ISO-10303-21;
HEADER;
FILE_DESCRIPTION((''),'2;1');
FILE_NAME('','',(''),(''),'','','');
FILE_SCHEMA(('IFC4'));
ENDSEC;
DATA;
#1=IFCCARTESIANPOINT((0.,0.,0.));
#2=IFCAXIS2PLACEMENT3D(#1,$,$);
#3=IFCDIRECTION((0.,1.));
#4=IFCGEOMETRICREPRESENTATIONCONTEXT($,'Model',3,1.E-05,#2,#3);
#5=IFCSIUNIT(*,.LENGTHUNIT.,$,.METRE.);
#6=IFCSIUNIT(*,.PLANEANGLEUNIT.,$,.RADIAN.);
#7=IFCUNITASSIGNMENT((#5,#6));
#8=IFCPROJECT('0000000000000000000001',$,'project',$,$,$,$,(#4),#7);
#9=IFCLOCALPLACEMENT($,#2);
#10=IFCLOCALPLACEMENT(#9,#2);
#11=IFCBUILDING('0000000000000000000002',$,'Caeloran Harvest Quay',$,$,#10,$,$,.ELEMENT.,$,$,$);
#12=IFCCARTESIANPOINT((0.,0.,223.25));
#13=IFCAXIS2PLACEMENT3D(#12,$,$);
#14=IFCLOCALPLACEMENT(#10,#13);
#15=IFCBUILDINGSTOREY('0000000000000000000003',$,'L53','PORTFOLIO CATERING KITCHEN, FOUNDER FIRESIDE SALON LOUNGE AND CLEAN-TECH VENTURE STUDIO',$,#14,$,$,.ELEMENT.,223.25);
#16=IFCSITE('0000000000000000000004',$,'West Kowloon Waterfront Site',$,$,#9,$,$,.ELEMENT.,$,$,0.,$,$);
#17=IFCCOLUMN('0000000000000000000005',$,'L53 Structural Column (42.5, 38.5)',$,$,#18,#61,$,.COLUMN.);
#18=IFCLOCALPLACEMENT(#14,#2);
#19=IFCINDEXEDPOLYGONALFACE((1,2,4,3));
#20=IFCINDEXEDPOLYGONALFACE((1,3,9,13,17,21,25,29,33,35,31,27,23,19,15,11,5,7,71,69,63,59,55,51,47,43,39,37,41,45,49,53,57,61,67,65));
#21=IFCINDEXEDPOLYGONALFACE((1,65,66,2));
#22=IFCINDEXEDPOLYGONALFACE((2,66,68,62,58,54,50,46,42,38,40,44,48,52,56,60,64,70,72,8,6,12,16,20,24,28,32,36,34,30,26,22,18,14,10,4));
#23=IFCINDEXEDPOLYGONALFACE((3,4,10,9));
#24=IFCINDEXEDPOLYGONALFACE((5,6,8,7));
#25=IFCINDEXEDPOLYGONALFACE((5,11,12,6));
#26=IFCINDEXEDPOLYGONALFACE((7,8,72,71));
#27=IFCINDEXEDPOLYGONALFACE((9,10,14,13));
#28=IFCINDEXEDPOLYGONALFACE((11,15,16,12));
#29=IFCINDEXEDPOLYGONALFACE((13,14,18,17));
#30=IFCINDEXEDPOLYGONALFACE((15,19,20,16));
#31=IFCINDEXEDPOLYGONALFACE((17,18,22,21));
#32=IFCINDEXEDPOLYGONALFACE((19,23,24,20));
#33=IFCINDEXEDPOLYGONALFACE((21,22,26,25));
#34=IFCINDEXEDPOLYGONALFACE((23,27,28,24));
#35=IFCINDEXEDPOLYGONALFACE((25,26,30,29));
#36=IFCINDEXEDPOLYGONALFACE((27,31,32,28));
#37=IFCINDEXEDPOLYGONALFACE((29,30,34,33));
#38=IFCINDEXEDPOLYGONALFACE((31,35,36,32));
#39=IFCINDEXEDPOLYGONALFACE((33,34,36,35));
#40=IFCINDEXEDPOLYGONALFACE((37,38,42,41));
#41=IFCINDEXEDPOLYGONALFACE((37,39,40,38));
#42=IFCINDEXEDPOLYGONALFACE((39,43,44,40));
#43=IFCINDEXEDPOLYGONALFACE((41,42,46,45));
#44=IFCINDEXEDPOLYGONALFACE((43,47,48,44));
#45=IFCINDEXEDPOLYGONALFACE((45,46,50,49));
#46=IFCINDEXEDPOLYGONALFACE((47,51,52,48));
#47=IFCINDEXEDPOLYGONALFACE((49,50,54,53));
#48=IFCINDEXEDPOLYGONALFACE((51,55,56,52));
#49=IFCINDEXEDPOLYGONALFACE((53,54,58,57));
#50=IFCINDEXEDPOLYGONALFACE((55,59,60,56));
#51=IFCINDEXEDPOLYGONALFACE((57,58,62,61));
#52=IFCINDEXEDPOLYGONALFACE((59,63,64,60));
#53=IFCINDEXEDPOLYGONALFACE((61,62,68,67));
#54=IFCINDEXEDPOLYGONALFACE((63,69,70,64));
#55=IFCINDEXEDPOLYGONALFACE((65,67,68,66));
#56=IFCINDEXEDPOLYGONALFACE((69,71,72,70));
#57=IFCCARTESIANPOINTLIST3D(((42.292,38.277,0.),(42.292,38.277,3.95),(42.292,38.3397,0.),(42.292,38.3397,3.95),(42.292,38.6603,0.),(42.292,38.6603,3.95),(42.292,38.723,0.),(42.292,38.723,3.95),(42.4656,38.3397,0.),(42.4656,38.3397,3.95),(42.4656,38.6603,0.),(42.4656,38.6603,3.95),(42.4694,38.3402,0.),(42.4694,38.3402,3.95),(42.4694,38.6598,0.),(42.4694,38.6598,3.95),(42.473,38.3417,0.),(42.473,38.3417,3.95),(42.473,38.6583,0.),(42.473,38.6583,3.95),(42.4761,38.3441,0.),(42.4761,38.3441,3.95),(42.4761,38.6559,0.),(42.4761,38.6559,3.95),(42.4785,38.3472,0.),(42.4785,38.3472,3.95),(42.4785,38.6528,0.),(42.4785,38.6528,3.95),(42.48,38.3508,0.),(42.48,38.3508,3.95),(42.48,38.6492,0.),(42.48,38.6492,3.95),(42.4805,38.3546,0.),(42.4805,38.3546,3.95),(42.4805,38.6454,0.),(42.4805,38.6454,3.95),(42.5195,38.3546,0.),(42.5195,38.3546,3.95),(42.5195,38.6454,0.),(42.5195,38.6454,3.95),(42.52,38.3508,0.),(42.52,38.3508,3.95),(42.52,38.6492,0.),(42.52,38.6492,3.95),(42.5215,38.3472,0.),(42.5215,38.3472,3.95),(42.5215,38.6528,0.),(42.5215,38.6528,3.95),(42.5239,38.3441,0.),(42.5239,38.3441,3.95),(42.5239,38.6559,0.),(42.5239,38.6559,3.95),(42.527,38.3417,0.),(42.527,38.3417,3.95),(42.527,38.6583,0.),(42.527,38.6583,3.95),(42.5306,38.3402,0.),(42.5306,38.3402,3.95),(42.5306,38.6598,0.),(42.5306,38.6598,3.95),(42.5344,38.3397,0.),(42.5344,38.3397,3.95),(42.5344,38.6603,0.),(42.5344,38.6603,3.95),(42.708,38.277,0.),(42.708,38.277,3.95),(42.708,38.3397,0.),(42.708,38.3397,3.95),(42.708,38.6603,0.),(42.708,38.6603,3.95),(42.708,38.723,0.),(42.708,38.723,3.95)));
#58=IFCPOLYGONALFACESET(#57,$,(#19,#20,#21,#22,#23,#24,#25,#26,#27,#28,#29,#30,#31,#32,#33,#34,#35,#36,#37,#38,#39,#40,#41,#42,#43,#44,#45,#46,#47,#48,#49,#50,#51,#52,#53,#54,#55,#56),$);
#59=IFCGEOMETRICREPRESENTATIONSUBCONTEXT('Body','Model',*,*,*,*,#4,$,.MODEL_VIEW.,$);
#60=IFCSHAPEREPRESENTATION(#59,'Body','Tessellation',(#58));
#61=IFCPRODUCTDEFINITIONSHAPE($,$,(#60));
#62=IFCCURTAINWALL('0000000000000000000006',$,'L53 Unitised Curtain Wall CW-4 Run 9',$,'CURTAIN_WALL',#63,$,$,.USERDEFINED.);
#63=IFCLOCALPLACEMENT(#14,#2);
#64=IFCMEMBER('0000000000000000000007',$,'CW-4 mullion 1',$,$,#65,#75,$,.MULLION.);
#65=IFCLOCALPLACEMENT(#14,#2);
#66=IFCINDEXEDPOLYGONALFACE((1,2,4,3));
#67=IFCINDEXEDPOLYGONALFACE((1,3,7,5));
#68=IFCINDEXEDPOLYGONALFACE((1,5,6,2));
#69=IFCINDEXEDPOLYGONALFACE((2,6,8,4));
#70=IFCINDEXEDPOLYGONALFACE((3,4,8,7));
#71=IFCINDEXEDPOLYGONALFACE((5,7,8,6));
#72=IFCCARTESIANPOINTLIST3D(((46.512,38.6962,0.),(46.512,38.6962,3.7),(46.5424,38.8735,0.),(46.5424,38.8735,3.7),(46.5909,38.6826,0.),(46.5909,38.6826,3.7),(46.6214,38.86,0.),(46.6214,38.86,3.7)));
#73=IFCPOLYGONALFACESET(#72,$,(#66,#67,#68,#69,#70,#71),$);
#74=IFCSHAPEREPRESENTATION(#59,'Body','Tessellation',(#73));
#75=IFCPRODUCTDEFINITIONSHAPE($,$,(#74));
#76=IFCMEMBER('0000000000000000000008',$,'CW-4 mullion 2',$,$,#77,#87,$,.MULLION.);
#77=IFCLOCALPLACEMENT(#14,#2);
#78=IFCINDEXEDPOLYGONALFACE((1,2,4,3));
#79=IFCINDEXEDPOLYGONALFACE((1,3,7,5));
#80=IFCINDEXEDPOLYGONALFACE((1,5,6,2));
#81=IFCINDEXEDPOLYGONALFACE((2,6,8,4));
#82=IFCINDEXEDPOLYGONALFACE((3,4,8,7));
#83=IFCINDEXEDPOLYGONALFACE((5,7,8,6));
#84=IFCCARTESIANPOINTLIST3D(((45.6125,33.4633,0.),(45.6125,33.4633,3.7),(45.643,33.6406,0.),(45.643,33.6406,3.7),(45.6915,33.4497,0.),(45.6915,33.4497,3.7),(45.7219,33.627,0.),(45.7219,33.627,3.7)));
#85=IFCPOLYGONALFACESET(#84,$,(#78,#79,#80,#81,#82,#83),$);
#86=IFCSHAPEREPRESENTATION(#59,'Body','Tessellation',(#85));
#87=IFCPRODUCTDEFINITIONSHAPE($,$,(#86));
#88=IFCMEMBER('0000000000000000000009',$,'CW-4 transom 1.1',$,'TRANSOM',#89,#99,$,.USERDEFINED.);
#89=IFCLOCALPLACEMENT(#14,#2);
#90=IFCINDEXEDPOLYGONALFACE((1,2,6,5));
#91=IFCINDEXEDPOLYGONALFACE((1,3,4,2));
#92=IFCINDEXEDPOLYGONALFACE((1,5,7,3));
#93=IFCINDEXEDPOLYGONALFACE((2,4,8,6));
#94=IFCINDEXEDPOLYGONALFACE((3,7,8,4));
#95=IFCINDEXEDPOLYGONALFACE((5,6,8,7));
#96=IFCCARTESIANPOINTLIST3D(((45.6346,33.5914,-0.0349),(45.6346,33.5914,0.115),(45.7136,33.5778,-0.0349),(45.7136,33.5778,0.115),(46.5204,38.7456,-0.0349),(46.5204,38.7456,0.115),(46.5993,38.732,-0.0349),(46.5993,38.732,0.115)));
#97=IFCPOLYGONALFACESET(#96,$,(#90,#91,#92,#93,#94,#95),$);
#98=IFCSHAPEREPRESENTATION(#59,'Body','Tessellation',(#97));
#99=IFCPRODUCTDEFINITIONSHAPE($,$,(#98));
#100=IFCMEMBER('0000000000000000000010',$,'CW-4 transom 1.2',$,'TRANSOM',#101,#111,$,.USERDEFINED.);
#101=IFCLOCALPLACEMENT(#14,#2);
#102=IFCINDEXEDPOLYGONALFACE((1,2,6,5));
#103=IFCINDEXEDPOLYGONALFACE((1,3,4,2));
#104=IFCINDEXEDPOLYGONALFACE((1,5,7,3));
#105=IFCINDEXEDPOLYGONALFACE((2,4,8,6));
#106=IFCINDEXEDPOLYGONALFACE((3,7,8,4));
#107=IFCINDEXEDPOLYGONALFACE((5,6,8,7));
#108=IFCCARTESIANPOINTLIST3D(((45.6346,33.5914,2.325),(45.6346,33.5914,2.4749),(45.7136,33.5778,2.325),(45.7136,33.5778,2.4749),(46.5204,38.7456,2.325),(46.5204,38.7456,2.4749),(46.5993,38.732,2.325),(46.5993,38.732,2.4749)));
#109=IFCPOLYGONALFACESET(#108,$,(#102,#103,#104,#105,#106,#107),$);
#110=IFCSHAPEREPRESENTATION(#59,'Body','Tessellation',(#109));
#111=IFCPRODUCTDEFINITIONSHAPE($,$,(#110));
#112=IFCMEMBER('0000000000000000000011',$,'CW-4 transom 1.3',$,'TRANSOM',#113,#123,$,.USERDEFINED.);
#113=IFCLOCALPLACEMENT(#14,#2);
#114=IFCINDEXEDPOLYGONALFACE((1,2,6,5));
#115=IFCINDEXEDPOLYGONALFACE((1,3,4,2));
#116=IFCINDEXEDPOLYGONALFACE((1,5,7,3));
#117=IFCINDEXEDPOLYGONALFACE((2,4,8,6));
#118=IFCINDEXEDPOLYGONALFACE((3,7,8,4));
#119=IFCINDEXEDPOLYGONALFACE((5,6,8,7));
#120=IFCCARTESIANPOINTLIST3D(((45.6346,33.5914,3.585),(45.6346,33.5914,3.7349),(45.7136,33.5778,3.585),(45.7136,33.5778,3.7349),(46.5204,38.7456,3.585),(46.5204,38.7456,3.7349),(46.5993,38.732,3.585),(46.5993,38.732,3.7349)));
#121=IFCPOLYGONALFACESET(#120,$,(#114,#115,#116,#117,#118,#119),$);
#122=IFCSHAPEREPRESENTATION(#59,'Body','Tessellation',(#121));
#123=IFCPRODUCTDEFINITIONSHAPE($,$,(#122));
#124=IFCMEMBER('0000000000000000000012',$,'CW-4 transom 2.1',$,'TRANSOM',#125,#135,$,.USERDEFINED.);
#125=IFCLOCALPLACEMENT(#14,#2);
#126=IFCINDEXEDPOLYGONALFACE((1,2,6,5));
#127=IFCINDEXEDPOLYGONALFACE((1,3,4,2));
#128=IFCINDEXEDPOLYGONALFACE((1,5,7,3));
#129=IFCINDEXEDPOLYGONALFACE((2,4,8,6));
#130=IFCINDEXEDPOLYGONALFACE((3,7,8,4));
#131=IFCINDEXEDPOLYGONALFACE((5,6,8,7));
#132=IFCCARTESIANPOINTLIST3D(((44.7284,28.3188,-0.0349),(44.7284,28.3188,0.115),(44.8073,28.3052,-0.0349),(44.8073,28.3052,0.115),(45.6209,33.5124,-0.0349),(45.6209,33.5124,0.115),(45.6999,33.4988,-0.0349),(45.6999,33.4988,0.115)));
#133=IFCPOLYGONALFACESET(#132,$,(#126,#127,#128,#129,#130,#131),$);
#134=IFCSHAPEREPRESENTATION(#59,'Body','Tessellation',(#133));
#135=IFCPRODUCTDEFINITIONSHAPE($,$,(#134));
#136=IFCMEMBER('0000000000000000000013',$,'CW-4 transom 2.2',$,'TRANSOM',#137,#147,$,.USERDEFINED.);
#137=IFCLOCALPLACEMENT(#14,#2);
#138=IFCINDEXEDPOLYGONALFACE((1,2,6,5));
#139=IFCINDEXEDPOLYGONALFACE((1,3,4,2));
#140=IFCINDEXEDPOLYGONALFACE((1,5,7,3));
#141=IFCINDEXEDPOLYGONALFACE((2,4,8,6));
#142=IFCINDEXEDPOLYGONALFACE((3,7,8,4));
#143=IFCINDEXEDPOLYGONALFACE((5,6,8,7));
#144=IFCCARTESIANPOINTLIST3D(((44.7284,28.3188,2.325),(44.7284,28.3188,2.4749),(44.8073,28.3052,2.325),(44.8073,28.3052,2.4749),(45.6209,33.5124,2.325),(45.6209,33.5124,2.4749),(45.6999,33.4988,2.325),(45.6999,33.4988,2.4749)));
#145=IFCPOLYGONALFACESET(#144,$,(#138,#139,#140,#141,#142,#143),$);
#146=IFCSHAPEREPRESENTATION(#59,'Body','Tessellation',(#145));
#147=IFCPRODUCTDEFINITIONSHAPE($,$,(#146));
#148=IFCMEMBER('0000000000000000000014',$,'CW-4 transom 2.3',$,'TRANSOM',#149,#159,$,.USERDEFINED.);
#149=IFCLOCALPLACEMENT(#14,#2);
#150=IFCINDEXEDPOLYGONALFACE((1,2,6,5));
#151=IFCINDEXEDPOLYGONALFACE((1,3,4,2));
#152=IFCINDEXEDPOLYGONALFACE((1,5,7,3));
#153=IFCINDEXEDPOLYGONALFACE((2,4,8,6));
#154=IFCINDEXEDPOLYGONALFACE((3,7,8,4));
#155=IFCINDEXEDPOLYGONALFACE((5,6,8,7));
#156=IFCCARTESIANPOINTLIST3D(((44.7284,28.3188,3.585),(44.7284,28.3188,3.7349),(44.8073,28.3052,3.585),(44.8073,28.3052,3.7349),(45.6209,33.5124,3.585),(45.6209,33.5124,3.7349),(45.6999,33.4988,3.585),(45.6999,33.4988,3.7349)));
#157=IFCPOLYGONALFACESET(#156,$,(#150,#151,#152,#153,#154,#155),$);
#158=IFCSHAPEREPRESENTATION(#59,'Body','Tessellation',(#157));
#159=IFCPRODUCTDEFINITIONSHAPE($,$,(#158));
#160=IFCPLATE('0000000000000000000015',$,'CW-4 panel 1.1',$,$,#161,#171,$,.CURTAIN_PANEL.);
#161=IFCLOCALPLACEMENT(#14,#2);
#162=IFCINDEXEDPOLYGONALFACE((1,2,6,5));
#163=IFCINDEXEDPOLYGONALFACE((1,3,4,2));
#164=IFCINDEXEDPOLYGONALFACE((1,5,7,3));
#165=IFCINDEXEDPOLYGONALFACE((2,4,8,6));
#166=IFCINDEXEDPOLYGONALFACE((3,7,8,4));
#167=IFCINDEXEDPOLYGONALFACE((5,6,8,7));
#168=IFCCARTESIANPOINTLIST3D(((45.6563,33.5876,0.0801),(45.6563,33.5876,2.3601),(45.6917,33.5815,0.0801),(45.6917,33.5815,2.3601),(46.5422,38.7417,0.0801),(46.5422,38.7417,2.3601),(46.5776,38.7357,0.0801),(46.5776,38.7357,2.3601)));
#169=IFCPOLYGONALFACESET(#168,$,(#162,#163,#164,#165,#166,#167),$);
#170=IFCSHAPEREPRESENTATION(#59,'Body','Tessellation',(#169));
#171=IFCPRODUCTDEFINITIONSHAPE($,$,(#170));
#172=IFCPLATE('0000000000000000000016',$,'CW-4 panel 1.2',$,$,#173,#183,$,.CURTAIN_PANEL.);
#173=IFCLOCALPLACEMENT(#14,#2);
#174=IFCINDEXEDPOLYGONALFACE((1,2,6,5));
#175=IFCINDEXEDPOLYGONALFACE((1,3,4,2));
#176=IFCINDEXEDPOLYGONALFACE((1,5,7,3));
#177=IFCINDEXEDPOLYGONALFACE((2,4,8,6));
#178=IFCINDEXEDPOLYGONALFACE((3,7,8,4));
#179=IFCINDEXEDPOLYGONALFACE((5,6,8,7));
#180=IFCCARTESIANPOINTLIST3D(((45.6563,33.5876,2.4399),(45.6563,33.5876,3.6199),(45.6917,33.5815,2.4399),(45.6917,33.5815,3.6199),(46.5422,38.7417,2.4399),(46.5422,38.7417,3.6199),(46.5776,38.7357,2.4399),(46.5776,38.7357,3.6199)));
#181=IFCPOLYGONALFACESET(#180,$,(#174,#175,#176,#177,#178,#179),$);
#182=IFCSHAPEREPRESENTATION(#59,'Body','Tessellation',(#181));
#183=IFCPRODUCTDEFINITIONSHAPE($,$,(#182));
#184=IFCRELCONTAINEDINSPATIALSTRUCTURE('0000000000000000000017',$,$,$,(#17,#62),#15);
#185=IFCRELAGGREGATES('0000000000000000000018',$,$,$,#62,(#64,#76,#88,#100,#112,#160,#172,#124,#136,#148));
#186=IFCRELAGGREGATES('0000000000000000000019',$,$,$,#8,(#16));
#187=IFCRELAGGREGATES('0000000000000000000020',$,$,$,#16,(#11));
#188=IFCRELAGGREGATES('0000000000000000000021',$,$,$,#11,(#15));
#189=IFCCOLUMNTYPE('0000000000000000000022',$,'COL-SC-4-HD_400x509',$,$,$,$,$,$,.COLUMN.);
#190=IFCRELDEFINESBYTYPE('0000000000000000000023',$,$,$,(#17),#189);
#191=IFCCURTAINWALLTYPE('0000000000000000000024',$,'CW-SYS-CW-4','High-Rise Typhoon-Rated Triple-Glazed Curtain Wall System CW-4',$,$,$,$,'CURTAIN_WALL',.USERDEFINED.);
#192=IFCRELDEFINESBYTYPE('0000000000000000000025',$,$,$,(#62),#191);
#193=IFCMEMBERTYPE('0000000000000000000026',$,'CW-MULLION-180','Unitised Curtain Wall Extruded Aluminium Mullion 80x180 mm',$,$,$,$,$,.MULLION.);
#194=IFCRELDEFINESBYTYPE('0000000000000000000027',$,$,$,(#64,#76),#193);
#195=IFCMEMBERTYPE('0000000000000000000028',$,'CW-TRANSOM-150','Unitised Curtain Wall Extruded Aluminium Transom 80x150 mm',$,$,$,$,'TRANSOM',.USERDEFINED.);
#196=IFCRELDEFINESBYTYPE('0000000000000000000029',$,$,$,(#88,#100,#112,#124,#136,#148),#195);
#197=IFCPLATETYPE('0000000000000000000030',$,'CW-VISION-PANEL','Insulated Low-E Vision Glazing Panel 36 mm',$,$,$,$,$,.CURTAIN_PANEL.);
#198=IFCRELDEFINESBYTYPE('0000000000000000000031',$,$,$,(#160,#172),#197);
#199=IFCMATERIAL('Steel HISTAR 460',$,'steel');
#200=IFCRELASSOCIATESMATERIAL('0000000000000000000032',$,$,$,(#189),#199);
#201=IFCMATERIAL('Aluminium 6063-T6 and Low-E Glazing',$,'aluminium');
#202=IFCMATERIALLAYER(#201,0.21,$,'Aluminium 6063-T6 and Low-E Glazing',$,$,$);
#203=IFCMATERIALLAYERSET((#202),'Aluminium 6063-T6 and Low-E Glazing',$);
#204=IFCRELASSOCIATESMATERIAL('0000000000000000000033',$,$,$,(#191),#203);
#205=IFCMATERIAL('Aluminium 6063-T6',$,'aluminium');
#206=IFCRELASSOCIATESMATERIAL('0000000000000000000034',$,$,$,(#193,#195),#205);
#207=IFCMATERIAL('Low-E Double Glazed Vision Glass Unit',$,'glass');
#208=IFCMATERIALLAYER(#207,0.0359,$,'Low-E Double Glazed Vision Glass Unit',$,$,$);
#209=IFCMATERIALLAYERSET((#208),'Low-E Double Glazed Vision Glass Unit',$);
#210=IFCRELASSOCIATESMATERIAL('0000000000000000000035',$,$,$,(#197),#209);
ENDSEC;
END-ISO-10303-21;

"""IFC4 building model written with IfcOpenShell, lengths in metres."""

from ifc_helpers import new_model, si_unit, direction, frame, origin, origin_2d, place, context, subcontext, project, spatial, rectangle, i_section, extrude, material, layer, layer_set, material_profile, profile_set, type_object, element, aggregate, save


model = new_model("IFC4")

# Units and contexts
model_context = context("Model", 3, precision=1e-05, world=origin(), true_north=direction((0.0, 1.0)))
body_context = subcontext(model_context, "Body", "Model", "MODEL_VIEW")
ifc_project = project(units=[si_unit("LENGTHUNIT", "METRE"), si_unit("PLANEANGLEUNIT", "RADIAN")], contexts=[model_context])

# Site, building, storey
site_placement = place(None, origin())
site = spatial("IfcSite", under=ifc_project, at=site_placement, Name="West Kowloon Waterfront Site", CompositionType="ELEMENT", RefElevation=0.0)
building_placement = place(site_placement, origin())
building = spatial("IfcBuilding", under=site, at=building_placement, Name="Caeloran Harvest Quay", CompositionType="ELEMENT")
storey_placement = place(building_placement, frame((0.0, 0.0, 223.25)))
storey = spatial("IfcBuildingStorey", under=building, at=storey_placement, Name="L53", Description="PORTFOLIO CATERING KITCHEN, FOUNDER FIRESIDE SALON LOUNGE AND CLEAN-TECH VENTURE STUDIO", CompositionType="ELEMENT", Elevation=223.25)

# Column
ifc_material_1 = material(Name="Steel HISTAR 460", Category="steel")
ifc_material_profile_1 = material_profile(ifc_material_1, i_section(OverallWidth=0.416, OverallDepth=0.446, WebThickness=0.0391, FlangeThickness=0.0627, FilletRadius=0.0149, at=origin_2d()), Name="HD 400x509")
ifc_profile_set_1 = profile_set([ifc_material_profile_1], Name="Steel HISTAR 460")
column_type = type_object("IfcColumnType", Name="COL-SC-4-HD_400x509", PredefinedType="COLUMN", material=ifc_profile_set_1)
column_placement = place(storey_placement, frame((42.5, 38.5, 0.0), z_axis=(0.0, 0.0, 1.0), x_axis=(1.0, 0.0, 0.0)))
element("IfcColumn", 1, at=column_placement, inside=storey, type_object=column_type, Name="L53 Structural Column (42.5, 38.5)", PredefinedType="COLUMN", context=body_context, shape_type="SweptSolid", body=[
    extrude(i_section(OverallWidth=0.416, OverallDepth=0.446, WebThickness=0.0391, FlangeThickness=0.0627, FilletRadius=0.0149, at=origin_2d()), origin(), (0.0, 0.0, 1.0), 3.95),
])

# Curtain wall, members, plates
ifc_material_2 = material(Name="Aluminium 6063-T6 and Low-E Glazing", Category="aluminium")
ifc_layer_1 = layer(ifc_material_2, 0.21, Name="Aluminium 6063-T6 and Low-E Glazing")
ifc_layer_set_1 = layer_set([ifc_layer_1], Name="Aluminium 6063-T6 and Low-E Glazing")
curtain_wall_type = type_object("IfcCurtainWallType", Name="CW-SYS-CW-4", Description="High-Rise Typhoon-Rated Triple-Glazed Curtain Wall System CW-4", ElementType="CURTAIN_WALL", PredefinedType="USERDEFINED", material=ifc_layer_set_1)
curtain_wall_placement = place(storey_placement, origin())
curtain_wall = element("IfcCurtainWall", 2, at=curtain_wall_placement, inside=storey, type_object=curtain_wall_type, Name="L53 Unitised Curtain Wall CW-4 Run 9", ObjectType="CURTAIN_WALL", PredefinedType="USERDEFINED")
ifc_material_3 = material(Name="Aluminium 6063-T6", Category="aluminium")
ifc_material_profile_2 = material_profile(ifc_material_3, rectangle(XDim=0.0801, YDim=0.1799, at=origin_2d()), Name="CW-MULLION-180")
ifc_profile_set_2 = profile_set([ifc_material_profile_2], Name="Aluminium 6063-T6")
member_type_1 = type_object("IfcMemberType", Name="CW-MULLION-180", Description="Unitised Curtain Wall Extruded Aluminium Mullion 80x180 mm", PredefinedType="MULLION", material=ifc_profile_set_2)
member_1_placement = place(storey_placement, frame((46.5667, 38.7781, 0.0), z_axis=(0.0, 0.0, 1.0), x_axis=(0.985549, -0.169391, 0.0)))
member_1 = element("IfcMember", 3, at=member_1_placement, type_object=member_type_1, Name="CW-4 mullion 1", PredefinedType="MULLION", context=body_context, shape_type="SweptSolid", body=[
    extrude(rectangle(XDim=0.0801, YDim=0.1799, at=origin_2d()), origin(), (0.0, 0.0, 1.0), 3.7),
])
member_2_placement = place(storey_placement, frame((45.6672, 33.5452, 0.0), z_axis=(0.0, 0.0, 1.0), x_axis=(0.985549, -0.169391, 0.0)))
member_2 = element("IfcMember", 4, at=member_2_placement, type_object=member_type_1, Name="CW-4 mullion 2", PredefinedType="MULLION", context=body_context, shape_type="SweptSolid", body=[
    extrude(rectangle(XDim=0.0801, YDim=0.1799, at=origin_2d()), origin(), (0.0, 0.0, 1.0), 3.7),
])
ifc_material_profile_3 = material_profile(ifc_material_3, rectangle(XDim=0.0801, YDim=0.1499, at=origin_2d()), Name="CW-TRANSOM-150")
ifc_profile_set_3 = profile_set([ifc_material_profile_3], Name="Aluminium 6063-T6")
member_type_2 = type_object("IfcMemberType", Name="CW-TRANSOM-150", Description="Unitised Curtain Wall Extruded Aluminium Transom 80x150 mm", ElementType="TRANSOM", PredefinedType="USERDEFINED", material=ifc_profile_set_3)
member_3_placement = place(storey_placement, frame((46.5598, 38.7388, 0.04), z_axis=(-0.169363, -0.985554, 0.0), x_axis=(0.985554, -0.169363, 0.0)))
member_3 = element("IfcMember", 5, at=member_3_placement, type_object=member_type_2, Name="CW-4 transom 1.1", ObjectType="TRANSOM", PredefinedType="USERDEFINED", context=body_context, shape_type="SweptSolid", body=[
    extrude(rectangle(XDim=0.0801, YDim=0.1499, at=origin_2d()), origin(), (0.0, 0.0, 1.0), 5.2297),
])
member_4_placement = place(storey_placement, frame((46.5598, 38.7388, 2.3999), z_axis=(-0.169363, -0.985554, 0.0), x_axis=(0.985554, -0.169363, 0.0)))
member_4 = element("IfcMember", 6, at=member_4_placement, type_object=member_type_2, Name="CW-4 transom 1.2", ObjectType="TRANSOM", PredefinedType="USERDEFINED", context=body_context, shape_type="SweptSolid", body=[
    extrude(rectangle(XDim=0.0801, YDim=0.1499, at=origin_2d()), origin(), (0.0, 0.0, 1.0), 5.2297),
])
member_5_placement = place(storey_placement, frame((46.5598, 38.7388, 3.6599), z_axis=(-0.169363, -0.985554, 0.0), x_axis=(0.985554, -0.169363, 0.0)))
member_5 = element("IfcMember", 7, at=member_5_placement, type_object=member_type_2, Name="CW-4 transom 1.3", ObjectType="TRANSOM", PredefinedType="USERDEFINED", context=body_context, shape_type="SweptSolid", body=[
    extrude(rectangle(XDim=0.0801, YDim=0.1499, at=origin_2d()), origin(), (0.0, 0.0, 1.0), 5.2297),
])
member_6_placement = place(storey_placement, frame((45.6604, 33.5056, 0.04), z_axis=(-0.169378, -0.985551, 0.0), x_axis=(0.985551, -0.169378, 0.0)))
member_6 = element("IfcMember", 8, at=member_6_placement, type_object=member_type_2, Name="CW-4 transom 2.1", ObjectType="TRANSOM", PredefinedType="USERDEFINED", context=body_context, shape_type="SweptSolid", body=[
    extrude(rectangle(XDim=0.0801, YDim=0.1499, at=origin_2d()), origin(), (0.0, 0.0, 1.0), 5.2698),
])
member_7_placement = place(storey_placement, frame((45.6604, 33.5056, 2.3999), z_axis=(-0.169378, -0.985551, 0.0), x_axis=(0.985551, -0.169378, 0.0)))
member_7 = element("IfcMember", 9, at=member_7_placement, type_object=member_type_2, Name="CW-4 transom 2.2", ObjectType="TRANSOM", PredefinedType="USERDEFINED", context=body_context, shape_type="SweptSolid", body=[
    extrude(rectangle(XDim=0.0801, YDim=0.1499, at=origin_2d()), origin(), (0.0, 0.0, 1.0), 5.2698),
])
member_8_placement = place(storey_placement, frame((45.6604, 33.5056, 3.6599), z_axis=(-0.169378, -0.985551, 0.0), x_axis=(0.985551, -0.169378, 0.0)))
member_8 = element("IfcMember", 10, at=member_8_placement, type_object=member_type_2, Name="CW-4 transom 2.3", ObjectType="TRANSOM", PredefinedType="USERDEFINED", context=body_context, shape_type="SweptSolid", body=[
    extrude(rectangle(XDim=0.0801, YDim=0.1499, at=origin_2d()), origin(), (0.0, 0.0, 1.0), 5.2698),
])
ifc_material_4 = material(Name="Low-E Double Glazed Vision Glass Unit", Category="glass")
ifc_layer_2 = layer(ifc_material_4, 0.0359, Name="Low-E Double Glazed Vision Glass Unit")
ifc_layer_set_2 = layer_set([ifc_layer_2], Name="Low-E Double Glazed Vision Glass Unit")
plate_type = type_object("IfcPlateType", Name="CW-VISION-PANEL", Description="Insulated Low-E Vision Glazing Panel 36 mm", PredefinedType="CURTAIN_PANEL", material=ifc_layer_set_2)
plate_1_placement = place(storey_placement, frame((46.1169, 36.1616, 0.0801), z_axis=(0.0, 0.0, 1.0), x_axis=(-0.169391, -0.985549, 0.0)))
plate_1 = element("IfcPlate", 11, at=plate_1_placement, type_object=plate_type, Name="CW-4 panel 1.1", PredefinedType="CURTAIN_PANEL", context=body_context, shape_type="SweptSolid", body=[
    extrude(rectangle(XDim=5.2297, YDim=0.0359, at=origin_2d()), origin(), (0.0, 0.0, 1.0), 2.28),
])
plate_2_placement = place(storey_placement, frame((46.1169, 36.1616, 2.4399), z_axis=(0.0, 0.0, 1.0), x_axis=(-0.169391, -0.985549, 0.0)))
plate_2 = element("IfcPlate", 12, at=plate_2_placement, type_object=plate_type, Name="CW-4 panel 1.2", PredefinedType="CURTAIN_PANEL", context=body_context, shape_type="SweptSolid", body=[
    extrude(rectangle(XDim=5.2297, YDim=0.0359, at=origin_2d()), origin(), (0.0, 0.0, 1.0), 1.1799),
])
aggregate(curtain_wall, [member_1, member_2, member_3, member_4, member_5, plate_1, plate_2, member_6, member_7, member_8])

save(model, "model.ifc")
